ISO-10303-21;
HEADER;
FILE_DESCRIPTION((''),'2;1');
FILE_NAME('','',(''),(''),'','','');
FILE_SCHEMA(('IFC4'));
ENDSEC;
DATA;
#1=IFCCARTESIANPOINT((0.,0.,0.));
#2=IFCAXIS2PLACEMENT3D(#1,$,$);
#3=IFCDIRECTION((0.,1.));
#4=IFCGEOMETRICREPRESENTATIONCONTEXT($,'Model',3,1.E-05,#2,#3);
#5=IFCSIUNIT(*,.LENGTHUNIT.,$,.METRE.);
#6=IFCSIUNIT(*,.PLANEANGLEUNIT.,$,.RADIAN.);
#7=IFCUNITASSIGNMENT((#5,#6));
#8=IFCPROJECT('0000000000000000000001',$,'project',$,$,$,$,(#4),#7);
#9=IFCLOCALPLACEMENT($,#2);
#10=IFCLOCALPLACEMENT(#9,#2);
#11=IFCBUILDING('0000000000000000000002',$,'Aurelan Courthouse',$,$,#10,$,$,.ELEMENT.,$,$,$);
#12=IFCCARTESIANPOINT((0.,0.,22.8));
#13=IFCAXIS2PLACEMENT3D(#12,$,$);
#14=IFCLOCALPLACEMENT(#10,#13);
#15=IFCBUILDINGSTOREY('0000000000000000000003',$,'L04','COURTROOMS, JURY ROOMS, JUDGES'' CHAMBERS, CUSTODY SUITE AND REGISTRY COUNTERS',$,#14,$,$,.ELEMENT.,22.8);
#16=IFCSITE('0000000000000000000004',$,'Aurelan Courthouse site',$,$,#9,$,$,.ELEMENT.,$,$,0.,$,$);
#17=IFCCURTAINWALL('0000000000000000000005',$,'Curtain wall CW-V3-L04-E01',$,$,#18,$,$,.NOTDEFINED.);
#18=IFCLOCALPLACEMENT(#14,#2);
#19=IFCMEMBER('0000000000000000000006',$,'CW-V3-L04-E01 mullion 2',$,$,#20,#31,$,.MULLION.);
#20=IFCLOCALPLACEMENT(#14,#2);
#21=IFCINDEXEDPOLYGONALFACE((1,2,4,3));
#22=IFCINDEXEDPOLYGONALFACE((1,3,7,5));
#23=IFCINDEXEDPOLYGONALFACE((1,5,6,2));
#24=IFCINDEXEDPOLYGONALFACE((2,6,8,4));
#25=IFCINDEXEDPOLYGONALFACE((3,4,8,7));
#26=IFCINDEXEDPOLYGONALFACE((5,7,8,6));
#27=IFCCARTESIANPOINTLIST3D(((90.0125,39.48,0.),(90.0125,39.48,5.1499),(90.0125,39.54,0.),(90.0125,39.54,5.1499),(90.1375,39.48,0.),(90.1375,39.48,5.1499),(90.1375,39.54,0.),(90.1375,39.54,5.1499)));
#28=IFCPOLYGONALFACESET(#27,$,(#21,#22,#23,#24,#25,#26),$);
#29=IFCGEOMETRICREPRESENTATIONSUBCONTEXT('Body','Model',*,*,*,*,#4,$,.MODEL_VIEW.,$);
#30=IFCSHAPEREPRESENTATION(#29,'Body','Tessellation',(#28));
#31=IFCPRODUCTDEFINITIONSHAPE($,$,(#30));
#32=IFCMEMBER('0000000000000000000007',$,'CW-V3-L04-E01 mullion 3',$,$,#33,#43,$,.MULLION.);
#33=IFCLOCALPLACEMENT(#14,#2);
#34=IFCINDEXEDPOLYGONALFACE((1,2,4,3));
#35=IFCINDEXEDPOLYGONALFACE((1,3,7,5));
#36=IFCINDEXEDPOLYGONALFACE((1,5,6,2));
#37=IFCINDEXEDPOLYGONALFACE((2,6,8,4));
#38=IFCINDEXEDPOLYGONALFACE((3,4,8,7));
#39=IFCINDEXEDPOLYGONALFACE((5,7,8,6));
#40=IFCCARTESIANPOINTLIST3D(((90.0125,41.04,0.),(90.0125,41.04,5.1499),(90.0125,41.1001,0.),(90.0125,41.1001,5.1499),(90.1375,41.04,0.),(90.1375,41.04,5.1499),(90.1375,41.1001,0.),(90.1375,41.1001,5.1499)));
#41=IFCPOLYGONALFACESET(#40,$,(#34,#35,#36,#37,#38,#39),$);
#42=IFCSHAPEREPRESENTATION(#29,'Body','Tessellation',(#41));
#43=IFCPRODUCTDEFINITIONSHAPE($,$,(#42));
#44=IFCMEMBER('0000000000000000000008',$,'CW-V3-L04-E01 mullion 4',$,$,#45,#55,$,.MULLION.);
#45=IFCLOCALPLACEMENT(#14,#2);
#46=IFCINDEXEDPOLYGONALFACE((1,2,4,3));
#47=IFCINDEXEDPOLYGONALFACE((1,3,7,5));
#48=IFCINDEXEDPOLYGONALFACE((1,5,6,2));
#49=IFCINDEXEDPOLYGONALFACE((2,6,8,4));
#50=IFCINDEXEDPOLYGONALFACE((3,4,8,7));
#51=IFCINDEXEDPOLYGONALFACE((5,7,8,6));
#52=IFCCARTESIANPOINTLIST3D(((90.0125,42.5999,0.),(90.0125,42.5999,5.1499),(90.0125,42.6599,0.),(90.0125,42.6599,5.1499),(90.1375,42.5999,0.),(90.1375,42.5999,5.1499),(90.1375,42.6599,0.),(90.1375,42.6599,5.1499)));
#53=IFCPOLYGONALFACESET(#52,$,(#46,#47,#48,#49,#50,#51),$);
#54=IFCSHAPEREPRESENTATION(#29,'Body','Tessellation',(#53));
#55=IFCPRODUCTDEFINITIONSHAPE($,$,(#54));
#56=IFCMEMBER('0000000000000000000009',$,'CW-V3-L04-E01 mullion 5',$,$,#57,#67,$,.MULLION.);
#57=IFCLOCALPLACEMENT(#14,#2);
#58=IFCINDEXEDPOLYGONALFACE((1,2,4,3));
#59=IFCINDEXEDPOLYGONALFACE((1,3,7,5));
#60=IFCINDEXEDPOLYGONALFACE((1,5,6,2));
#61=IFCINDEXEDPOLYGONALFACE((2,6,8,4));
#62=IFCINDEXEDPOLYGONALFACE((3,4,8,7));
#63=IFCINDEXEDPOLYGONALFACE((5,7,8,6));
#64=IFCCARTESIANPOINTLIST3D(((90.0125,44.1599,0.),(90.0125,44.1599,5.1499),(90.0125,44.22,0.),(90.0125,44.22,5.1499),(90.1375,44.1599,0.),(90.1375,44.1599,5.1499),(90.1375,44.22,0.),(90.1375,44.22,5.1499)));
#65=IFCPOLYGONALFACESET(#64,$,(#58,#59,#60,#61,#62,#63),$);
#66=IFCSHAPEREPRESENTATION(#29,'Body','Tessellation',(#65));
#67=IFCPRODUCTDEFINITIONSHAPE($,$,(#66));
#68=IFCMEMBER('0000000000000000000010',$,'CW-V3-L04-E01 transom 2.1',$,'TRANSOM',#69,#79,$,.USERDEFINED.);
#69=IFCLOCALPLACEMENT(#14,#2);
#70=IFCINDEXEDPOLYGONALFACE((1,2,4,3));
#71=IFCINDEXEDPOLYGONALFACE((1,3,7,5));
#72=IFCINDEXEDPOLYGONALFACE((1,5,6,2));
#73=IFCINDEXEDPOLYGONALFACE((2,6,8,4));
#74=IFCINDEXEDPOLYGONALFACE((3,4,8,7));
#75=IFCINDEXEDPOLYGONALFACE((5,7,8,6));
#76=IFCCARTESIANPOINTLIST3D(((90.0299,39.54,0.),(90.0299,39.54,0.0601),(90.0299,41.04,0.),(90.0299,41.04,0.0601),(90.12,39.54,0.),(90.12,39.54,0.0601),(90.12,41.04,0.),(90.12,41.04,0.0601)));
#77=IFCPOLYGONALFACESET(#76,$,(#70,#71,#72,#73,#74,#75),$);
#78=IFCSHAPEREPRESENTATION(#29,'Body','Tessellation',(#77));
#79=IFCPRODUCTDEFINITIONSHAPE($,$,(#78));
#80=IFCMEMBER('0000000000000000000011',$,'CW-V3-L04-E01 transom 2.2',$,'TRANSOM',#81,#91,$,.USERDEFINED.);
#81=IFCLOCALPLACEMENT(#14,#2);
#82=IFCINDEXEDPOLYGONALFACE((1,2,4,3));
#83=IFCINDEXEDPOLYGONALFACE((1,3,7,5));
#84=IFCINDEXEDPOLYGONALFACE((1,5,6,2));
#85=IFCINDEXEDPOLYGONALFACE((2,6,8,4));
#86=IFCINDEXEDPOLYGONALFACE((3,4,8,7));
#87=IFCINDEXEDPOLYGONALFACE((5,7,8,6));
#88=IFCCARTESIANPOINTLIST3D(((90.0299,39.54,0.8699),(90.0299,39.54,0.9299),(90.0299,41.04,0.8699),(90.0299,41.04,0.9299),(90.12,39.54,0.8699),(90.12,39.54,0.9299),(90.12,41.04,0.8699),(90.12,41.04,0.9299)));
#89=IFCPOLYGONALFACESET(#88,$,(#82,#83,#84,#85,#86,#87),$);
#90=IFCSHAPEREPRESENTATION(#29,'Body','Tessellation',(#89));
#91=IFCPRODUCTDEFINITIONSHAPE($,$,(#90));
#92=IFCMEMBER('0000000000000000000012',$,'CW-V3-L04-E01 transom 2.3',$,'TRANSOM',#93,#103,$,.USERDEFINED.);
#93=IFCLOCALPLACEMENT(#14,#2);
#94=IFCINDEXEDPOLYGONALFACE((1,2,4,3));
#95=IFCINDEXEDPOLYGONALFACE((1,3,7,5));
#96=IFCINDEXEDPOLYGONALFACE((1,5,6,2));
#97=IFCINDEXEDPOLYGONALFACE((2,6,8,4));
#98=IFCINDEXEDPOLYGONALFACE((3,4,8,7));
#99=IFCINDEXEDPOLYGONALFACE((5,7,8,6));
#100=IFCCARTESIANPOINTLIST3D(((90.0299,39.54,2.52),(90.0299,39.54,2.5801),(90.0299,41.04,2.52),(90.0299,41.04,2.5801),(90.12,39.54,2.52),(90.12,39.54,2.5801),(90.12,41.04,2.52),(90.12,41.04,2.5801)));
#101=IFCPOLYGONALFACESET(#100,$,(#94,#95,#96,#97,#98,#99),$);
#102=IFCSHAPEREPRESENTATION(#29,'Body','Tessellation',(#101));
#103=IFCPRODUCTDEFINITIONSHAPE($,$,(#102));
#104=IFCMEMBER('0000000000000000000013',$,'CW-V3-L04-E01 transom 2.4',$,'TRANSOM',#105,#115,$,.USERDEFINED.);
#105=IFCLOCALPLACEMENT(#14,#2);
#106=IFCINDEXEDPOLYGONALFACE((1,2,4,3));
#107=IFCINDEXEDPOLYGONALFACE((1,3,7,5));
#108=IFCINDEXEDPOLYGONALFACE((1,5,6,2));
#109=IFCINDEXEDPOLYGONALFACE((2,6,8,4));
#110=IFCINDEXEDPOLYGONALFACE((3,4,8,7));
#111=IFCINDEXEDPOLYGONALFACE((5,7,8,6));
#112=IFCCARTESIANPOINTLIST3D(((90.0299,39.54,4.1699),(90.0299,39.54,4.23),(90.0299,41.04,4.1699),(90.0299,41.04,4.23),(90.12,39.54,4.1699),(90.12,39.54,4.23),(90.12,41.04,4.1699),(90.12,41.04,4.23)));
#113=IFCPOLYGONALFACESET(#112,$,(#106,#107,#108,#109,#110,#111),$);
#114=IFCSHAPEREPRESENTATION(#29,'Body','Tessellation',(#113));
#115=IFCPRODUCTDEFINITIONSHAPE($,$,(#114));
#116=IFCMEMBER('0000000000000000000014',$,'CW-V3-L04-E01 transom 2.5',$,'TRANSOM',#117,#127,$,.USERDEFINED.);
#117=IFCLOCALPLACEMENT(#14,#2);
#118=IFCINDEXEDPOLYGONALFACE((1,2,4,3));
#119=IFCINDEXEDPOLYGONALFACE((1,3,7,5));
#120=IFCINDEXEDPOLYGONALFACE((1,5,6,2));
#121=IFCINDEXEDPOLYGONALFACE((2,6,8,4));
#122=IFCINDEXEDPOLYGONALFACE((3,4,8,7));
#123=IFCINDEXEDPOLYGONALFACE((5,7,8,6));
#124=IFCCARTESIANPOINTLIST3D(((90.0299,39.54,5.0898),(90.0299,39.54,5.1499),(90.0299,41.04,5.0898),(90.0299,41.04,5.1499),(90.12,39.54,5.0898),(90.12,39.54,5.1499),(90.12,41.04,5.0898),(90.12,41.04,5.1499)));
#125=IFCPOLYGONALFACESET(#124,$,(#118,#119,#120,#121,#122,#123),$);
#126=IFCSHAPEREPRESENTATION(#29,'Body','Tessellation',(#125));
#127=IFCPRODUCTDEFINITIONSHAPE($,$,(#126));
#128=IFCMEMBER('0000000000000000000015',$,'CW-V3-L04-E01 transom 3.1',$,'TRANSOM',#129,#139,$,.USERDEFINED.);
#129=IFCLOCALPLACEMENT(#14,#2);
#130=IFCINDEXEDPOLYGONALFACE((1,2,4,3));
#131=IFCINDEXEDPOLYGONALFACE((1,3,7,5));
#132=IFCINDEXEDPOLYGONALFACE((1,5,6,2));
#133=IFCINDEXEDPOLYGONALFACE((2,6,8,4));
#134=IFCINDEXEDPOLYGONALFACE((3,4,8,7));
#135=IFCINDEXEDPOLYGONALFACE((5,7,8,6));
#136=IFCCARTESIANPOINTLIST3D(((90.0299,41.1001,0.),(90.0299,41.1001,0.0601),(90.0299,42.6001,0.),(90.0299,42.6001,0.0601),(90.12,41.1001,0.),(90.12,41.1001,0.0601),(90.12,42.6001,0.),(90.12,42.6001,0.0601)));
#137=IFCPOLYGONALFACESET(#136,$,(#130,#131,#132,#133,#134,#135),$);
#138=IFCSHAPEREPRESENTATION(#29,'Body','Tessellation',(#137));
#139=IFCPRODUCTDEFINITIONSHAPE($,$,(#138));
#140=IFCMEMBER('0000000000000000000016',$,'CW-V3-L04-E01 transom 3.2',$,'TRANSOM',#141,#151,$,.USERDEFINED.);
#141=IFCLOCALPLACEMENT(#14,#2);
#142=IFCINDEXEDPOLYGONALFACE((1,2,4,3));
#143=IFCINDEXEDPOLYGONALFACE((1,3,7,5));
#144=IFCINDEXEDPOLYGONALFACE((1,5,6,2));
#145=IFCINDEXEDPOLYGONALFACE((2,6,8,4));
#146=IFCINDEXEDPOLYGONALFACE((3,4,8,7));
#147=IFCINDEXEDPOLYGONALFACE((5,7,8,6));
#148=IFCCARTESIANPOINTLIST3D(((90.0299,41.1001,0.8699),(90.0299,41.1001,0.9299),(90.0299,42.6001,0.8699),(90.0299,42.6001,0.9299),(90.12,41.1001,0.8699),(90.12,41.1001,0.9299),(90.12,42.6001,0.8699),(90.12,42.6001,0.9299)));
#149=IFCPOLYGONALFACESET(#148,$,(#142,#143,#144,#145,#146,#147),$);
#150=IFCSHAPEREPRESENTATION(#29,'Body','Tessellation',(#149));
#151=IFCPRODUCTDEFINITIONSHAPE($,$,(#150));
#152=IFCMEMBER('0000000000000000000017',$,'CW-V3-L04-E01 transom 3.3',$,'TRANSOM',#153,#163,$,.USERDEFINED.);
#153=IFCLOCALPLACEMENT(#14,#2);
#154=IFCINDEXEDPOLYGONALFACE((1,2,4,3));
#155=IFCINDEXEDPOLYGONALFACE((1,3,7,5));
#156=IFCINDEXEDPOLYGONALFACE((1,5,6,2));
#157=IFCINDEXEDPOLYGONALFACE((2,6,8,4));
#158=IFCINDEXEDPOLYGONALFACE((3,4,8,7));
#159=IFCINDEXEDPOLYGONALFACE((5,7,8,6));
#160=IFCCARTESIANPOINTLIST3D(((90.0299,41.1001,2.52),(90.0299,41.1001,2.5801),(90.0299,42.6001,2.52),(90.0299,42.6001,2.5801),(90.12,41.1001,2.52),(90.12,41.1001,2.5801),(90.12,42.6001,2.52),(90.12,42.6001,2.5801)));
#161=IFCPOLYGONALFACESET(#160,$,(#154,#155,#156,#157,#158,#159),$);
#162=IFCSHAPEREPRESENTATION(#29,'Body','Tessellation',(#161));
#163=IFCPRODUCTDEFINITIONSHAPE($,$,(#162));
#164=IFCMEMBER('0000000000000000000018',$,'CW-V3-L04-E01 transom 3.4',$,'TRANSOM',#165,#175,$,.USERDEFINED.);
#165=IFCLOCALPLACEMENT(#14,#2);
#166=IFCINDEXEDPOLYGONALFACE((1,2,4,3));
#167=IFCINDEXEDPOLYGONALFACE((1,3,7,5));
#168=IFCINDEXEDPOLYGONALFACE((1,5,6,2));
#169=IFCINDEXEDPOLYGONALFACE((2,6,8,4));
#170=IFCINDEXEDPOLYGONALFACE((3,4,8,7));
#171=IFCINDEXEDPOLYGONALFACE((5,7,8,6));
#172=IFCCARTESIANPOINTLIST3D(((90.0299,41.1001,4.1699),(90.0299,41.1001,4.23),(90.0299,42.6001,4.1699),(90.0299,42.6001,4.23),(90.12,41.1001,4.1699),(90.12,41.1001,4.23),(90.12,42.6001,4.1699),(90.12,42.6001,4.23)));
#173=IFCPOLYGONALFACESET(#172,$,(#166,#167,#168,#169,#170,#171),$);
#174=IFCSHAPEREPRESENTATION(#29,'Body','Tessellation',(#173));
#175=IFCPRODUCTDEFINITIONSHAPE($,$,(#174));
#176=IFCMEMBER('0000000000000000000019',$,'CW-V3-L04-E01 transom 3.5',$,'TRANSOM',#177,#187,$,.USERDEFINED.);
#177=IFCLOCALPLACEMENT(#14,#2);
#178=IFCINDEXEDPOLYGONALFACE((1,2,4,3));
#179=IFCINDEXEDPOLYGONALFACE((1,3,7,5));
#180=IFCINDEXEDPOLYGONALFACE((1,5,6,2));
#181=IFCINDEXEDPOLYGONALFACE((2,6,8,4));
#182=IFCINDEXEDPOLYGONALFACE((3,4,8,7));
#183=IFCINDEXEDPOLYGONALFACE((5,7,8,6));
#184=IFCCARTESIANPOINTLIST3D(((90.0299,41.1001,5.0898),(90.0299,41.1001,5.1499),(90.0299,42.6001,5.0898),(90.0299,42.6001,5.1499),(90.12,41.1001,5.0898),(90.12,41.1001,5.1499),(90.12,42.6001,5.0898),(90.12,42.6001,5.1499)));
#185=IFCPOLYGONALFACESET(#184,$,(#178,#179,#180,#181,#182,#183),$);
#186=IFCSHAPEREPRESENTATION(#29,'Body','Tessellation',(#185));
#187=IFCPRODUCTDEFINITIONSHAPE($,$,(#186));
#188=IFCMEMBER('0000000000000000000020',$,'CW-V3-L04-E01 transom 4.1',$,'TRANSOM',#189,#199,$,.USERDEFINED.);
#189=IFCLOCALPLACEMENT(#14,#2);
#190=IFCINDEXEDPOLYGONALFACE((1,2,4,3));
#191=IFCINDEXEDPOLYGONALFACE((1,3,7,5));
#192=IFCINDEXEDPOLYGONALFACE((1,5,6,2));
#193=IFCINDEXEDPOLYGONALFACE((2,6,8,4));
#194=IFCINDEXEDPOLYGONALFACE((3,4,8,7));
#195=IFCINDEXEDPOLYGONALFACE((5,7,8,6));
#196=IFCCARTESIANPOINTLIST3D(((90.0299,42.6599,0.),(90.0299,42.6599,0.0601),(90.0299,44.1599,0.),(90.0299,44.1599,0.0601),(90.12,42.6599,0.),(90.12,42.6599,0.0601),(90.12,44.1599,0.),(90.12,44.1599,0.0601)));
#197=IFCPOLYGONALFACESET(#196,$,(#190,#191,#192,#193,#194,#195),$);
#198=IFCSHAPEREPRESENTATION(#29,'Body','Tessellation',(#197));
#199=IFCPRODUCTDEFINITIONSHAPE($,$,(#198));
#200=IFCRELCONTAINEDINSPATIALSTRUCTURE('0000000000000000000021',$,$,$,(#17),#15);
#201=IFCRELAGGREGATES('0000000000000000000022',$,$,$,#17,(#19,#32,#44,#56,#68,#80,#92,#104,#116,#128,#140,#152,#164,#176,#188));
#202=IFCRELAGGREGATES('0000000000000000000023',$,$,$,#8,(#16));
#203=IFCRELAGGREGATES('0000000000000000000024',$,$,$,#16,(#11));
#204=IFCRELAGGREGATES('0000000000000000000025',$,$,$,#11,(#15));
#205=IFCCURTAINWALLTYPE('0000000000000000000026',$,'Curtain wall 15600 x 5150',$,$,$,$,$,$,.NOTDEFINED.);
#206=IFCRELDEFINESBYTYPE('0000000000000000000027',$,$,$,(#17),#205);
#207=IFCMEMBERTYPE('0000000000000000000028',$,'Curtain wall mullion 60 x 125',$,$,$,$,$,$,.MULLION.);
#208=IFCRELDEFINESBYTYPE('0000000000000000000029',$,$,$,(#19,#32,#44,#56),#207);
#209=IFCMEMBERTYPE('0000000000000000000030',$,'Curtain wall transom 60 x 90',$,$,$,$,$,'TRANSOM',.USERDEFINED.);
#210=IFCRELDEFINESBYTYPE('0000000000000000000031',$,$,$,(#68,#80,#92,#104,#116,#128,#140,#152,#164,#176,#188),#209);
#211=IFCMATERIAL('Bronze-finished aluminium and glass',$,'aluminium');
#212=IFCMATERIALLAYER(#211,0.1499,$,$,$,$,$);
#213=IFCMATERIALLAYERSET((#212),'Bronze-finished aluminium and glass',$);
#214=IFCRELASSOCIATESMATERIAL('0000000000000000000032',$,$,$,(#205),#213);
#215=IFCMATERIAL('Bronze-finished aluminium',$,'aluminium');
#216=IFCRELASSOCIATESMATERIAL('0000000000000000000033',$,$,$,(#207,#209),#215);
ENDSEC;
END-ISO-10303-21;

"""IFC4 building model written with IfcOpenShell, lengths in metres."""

from ifc_helpers import new_model, si_unit, direction, frame, origin, origin_2d, place, context, subcontext, project, spatial, rectangle, extrude, material, layer, layer_set, material_profile, profile_set, type_object, element, aggregate, save


model = new_model("IFC4")

# Units and contexts
model_context = context("Model", 3, precision=1e-05, world=origin(), true_north=direction((0.0, 1.0)))
body_context = subcontext(model_context, "Body", "Model", "MODEL_VIEW")
ifc_project = project(units=[si_unit("LENGTHUNIT", "METRE"), si_unit("PLANEANGLEUNIT", "RADIAN")], contexts=[model_context])

# Site, building, storey
site_placement = place(None, origin())
site = spatial("IfcSite", under=ifc_project, at=site_placement, Name="Aurelan Courthouse site", CompositionType="ELEMENT", RefElevation=0.0)
building_placement = place(site_placement, origin())
building = spatial("IfcBuilding", under=site, at=building_placement, Name="Aurelan Courthouse", CompositionType="ELEMENT")
storey_placement = place(building_placement, frame((0.0, 0.0, 22.8)))
storey = spatial("IfcBuildingStorey", under=building, at=storey_placement, Name="L04", Description="COURTROOMS, JURY ROOMS, JUDGES' CHAMBERS, CUSTODY SUITE AND REGISTRY COUNTERS", CompositionType="ELEMENT", Elevation=22.8)

# Curtain wall, members
ifc_material_1 = material(Name="Bronze-finished aluminium and glass", Category="aluminium")
ifc_layer_1 = layer(ifc_material_1, 0.1499)
ifc_layer_set_1 = layer_set([ifc_layer_1], Name="Bronze-finished aluminium and glass")
curtain_wall_type = type_object("IfcCurtainWallType", Name="Curtain wall 15600 x 5150", PredefinedType="NOTDEFINED", material=ifc_layer_set_1)
curtain_wall_placement = place(storey_placement, origin())
curtain_wall = element("IfcCurtainWall", 1, at=curtain_wall_placement, inside=storey, type_object=curtain_wall_type, Name="Curtain wall CW-V3-L04-E01", PredefinedType="NOTDEFINED")
ifc_material_2 = material(Name="Bronze-finished aluminium", Category="aluminium")
ifc_material_profile_1 = material_profile(ifc_material_2, rectangle(XDim=0.125, YDim=0.0601, at=origin_2d()), Name="Bronze mullion 60 x 125")
ifc_profile_set_1 = profile_set([ifc_material_profile_1], Name="Bronze-finished aluminium")
member_type_1 = type_object("IfcMemberType", Name="Curtain wall mullion 60 x 125", PredefinedType="MULLION", material=ifc_profile_set_1)
member_1_placement = place(storey_placement, frame((90.075, 39.51, 0.0), z_axis=(0.0, 0.0, 1.0), x_axis=(-1.0, 0.0, 0.0)))
member_1 = element("IfcMember", 2, at=member_1_placement, type_object=member_type_1, Name="CW-V3-L04-E01 mullion 2", PredefinedType="MULLION", context=body_context, shape_type="SweptSolid", body=[
    extrude(rectangle(XDim=0.125, YDim=0.0601, at=origin_2d()), origin(), (0.0, 0.0, 1.0), 5.1499),
])
member_2_placement = place(storey_placement, frame((90.075, 41.0701, 0.0), z_axis=(0.0, 0.0, 1.0), x_axis=(-1.0, 0.0, 0.0)))
member_2 = element("IfcMember", 3, at=member_2_placement, type_object=member_type_1, Name="CW-V3-L04-E01 mullion 3", PredefinedType="MULLION", context=body_context, shape_type="SweptSolid", body=[
    extrude(rectangle(XDim=0.125, YDim=0.0601, at=origin_2d()), origin(), (0.0, 0.0, 1.0), 5.1499),
])
member_3_placement = place(storey_placement, frame((90.075, 42.6299, 0.0), z_axis=(0.0, 0.0, 1.0), x_axis=(-1.0, 0.0, 0.0)))
member_3 = element("IfcMember", 4, at=member_3_placement, type_object=member_type_1, Name="CW-V3-L04-E01 mullion 4", PredefinedType="MULLION", context=body_context, shape_type="SweptSolid", body=[
    extrude(rectangle(XDim=0.125, YDim=0.0601, at=origin_2d()), origin(), (0.0, 0.0, 1.0), 5.1499),
])
member_4_placement = place(storey_placement, frame((90.075, 44.1899, 0.0), z_axis=(0.0, 0.0, 1.0), x_axis=(-1.0, 0.0, 0.0)))
member_4 = element("IfcMember", 5, at=member_4_placement, type_object=member_type_1, Name="CW-V3-L04-E01 mullion 5", PredefinedType="MULLION", context=body_context, shape_type="SweptSolid", body=[
    extrude(rectangle(XDim=0.125, YDim=0.0601, at=origin_2d()), origin(), (0.0, 0.0, 1.0), 5.1499),
])
ifc_material_profile_2 = material_profile(ifc_material_2, rectangle(XDim=0.0901, YDim=0.0601, at=origin_2d()), Name="Bronze transom 60 x 90")
ifc_profile_set_2 = profile_set([ifc_material_profile_2], Name="Bronze-finished aluminium")
member_type_2 = type_object("IfcMemberType", Name="Curtain wall transom 60 x 90", ElementType="TRANSOM", PredefinedType="USERDEFINED", material=ifc_profile_set_2)
member_5_placement = place(storey_placement, frame((90.075, 39.54, 0.03), z_axis=(0.0, 1.0, 0.0), x_axis=(-1.0, 0.0, 0.0)))
member_5 = element("IfcMember", 6, at=member_5_placement, type_object=member_type_2, Name="CW-V3-L04-E01 transom 2.1", ObjectType="TRANSOM", PredefinedType="USERDEFINED", context=body_context, shape_type="SweptSolid", body=[
    extrude(rectangle(XDim=0.0901, YDim=0.0601, at=origin_2d()), origin(), (0.0, 0.0, 1.0), 1.5),
])
member_6_placement = place(storey_placement, frame((90.075, 39.54, 0.8999), z_axis=(0.0, 1.0, 0.0), x_axis=(-1.0, 0.0, 0.0)))
member_6 = element("IfcMember", 7, at=member_6_placement, type_object=member_type_2, Name="CW-V3-L04-E01 transom 2.2", ObjectType="TRANSOM", PredefinedType="USERDEFINED", context=body_context, shape_type="SweptSolid", body=[
    extrude(rectangle(XDim=0.0901, YDim=0.0601, at=origin_2d()), origin(), (0.0, 0.0, 1.0), 1.5),
])
member_7_placement = place(storey_placement, frame((90.075, 39.54, 2.55), z_axis=(0.0, 1.0, 0.0), x_axis=(-1.0, 0.0, 0.0)))
member_7 = element("IfcMember", 8, at=member_7_placement, type_object=member_type_2, Name="CW-V3-L04-E01 transom 2.3", ObjectType="TRANSOM", PredefinedType="USERDEFINED", context=body_context, shape_type="SweptSolid", body=[
    extrude(rectangle(XDim=0.0901, YDim=0.0601, at=origin_2d()), origin(), (0.0, 0.0, 1.0), 1.5),
])
member_8_placement = place(storey_placement, frame((90.075, 39.54, 4.2), z_axis=(0.0, 1.0, 0.0), x_axis=(-1.0, 0.0, 0.0)))
member_8 = element("IfcMember", 9, at=member_8_placement, type_object=member_type_2, Name="CW-V3-L04-E01 transom 2.4", ObjectType="TRANSOM", PredefinedType="USERDEFINED", context=body_context, shape_type="SweptSolid", body=[
    extrude(rectangle(XDim=0.0901, YDim=0.0601, at=origin_2d()), origin(), (0.0, 0.0, 1.0), 1.5),
])
member_9_placement = place(storey_placement, frame((90.075, 39.54, 5.1199), z_axis=(0.0, 1.0, 0.0), x_axis=(-1.0, 0.0, 0.0)))
member_9 = element("IfcMember", 10, at=member_9_placement, type_object=member_type_2, Name="CW-V3-L04-E01 transom 2.5", ObjectType="TRANSOM", PredefinedType="USERDEFINED", context=body_context, shape_type="SweptSolid", body=[
    extrude(rectangle(XDim=0.0901, YDim=0.0601, at=origin_2d()), origin(), (0.0, 0.0, 1.0), 1.5),
])
member_10_placement = place(storey_placement, frame((90.075, 41.1001, 0.03), z_axis=(0.0, 1.0, 0.0), x_axis=(-1.0, 0.0, 0.0)))
member_10 = element("IfcMember", 11, at=member_10_placement, type_object=member_type_2, Name="CW-V3-L04-E01 transom 3.1", ObjectType="TRANSOM", PredefinedType="USERDEFINED", context=body_context, shape_type="SweptSolid", body=[
    extrude(rectangle(XDim=0.0901, YDim=0.0601, at=origin_2d()), origin(), (0.0, 0.0, 1.0), 1.5),
])
member_11_placement = place(storey_placement, frame((90.075, 41.1001, 0.8999), z_axis=(0.0, 1.0, 0.0), x_axis=(-1.0, 0.0, 0.0)))
member_11 = element("IfcMember", 12, at=member_11_placement, type_object=member_type_2, Name="CW-V3-L04-E01 transom 3.2", ObjectType="TRANSOM", PredefinedType="USERDEFINED", context=body_context, shape_type="SweptSolid", body=[
    extrude(rectangle(XDim=0.0901, YDim=0.0601, at=origin_2d()), origin(), (0.0, 0.0, 1.0), 1.5),
])
member_12_placement = place(storey_placement, frame((90.075, 41.1001, 2.55), z_axis=(0.0, 1.0, 0.0), x_axis=(-1.0, 0.0, 0.0)))
member_12 = element("IfcMember", 13, at=member_12_placement, type_object=member_type_2, Name="CW-V3-L04-E01 transom 3.3", ObjectType="TRANSOM", PredefinedType="USERDEFINED", context=body_context, shape_type="SweptSolid", body=[
    extrude(rectangle(XDim=0.0901, YDim=0.0601, at=origin_2d()), origin(), (0.0, 0.0, 1.0), 1.5),
])
member_13_placement = place(storey_placement, frame((90.075, 41.1001, 4.2), z_axis=(0.0, 1.0, 0.0), x_axis=(-1.0, 0.0, 0.0)))
member_13 = element("IfcMember", 14, at=member_13_placement, type_object=member_type_2, Name="CW-V3-L04-E01 transom 3.4", ObjectType="TRANSOM", PredefinedType="USERDEFINED", context=body_context, shape_type="SweptSolid", body=[
    extrude(rectangle(XDim=0.0901, YDim=0.0601, at=origin_2d()), origin(), (0.0, 0.0, 1.0), 1.5),
])
member_14_placement = place(storey_placement, frame((90.075, 41.1001, 5.1199), z_axis=(0.0, 1.0, 0.0), x_axis=(-1.0, 0.0, 0.0)))
member_14 = element("IfcMember", 15, at=member_14_placement, type_object=member_type_2, Name="CW-V3-L04-E01 transom 3.5", ObjectType="TRANSOM", PredefinedType="USERDEFINED", context=body_context, shape_type="SweptSolid", body=[
    extrude(rectangle(XDim=0.0901, YDim=0.0601, at=origin_2d()), origin(), (0.0, 0.0, 1.0), 1.5),
])
member_15_placement = place(storey_placement, frame((90.075, 42.6599, 0.03), z_axis=(0.0, 1.0, 0.0), x_axis=(-1.0, 0.0, 0.0)))
member_15 = element("IfcMember", 16, at=member_15_placement, type_object=member_type_2, Name="CW-V3-L04-E01 transom 4.1", ObjectType="TRANSOM", PredefinedType="USERDEFINED", context=body_context, shape_type="SweptSolid", body=[
    extrude(rectangle(XDim=0.0901, YDim=0.0601, at=origin_2d()), origin(), (0.0, 0.0, 1.0), 1.5),
])
aggregate(curtain_wall, [member_1, member_2, member_3, member_4, member_5, member_6, member_7, member_8, member_9, member_10, member_11, member_12, member_13, member_14, member_15])

save(model, "model.ifc")
